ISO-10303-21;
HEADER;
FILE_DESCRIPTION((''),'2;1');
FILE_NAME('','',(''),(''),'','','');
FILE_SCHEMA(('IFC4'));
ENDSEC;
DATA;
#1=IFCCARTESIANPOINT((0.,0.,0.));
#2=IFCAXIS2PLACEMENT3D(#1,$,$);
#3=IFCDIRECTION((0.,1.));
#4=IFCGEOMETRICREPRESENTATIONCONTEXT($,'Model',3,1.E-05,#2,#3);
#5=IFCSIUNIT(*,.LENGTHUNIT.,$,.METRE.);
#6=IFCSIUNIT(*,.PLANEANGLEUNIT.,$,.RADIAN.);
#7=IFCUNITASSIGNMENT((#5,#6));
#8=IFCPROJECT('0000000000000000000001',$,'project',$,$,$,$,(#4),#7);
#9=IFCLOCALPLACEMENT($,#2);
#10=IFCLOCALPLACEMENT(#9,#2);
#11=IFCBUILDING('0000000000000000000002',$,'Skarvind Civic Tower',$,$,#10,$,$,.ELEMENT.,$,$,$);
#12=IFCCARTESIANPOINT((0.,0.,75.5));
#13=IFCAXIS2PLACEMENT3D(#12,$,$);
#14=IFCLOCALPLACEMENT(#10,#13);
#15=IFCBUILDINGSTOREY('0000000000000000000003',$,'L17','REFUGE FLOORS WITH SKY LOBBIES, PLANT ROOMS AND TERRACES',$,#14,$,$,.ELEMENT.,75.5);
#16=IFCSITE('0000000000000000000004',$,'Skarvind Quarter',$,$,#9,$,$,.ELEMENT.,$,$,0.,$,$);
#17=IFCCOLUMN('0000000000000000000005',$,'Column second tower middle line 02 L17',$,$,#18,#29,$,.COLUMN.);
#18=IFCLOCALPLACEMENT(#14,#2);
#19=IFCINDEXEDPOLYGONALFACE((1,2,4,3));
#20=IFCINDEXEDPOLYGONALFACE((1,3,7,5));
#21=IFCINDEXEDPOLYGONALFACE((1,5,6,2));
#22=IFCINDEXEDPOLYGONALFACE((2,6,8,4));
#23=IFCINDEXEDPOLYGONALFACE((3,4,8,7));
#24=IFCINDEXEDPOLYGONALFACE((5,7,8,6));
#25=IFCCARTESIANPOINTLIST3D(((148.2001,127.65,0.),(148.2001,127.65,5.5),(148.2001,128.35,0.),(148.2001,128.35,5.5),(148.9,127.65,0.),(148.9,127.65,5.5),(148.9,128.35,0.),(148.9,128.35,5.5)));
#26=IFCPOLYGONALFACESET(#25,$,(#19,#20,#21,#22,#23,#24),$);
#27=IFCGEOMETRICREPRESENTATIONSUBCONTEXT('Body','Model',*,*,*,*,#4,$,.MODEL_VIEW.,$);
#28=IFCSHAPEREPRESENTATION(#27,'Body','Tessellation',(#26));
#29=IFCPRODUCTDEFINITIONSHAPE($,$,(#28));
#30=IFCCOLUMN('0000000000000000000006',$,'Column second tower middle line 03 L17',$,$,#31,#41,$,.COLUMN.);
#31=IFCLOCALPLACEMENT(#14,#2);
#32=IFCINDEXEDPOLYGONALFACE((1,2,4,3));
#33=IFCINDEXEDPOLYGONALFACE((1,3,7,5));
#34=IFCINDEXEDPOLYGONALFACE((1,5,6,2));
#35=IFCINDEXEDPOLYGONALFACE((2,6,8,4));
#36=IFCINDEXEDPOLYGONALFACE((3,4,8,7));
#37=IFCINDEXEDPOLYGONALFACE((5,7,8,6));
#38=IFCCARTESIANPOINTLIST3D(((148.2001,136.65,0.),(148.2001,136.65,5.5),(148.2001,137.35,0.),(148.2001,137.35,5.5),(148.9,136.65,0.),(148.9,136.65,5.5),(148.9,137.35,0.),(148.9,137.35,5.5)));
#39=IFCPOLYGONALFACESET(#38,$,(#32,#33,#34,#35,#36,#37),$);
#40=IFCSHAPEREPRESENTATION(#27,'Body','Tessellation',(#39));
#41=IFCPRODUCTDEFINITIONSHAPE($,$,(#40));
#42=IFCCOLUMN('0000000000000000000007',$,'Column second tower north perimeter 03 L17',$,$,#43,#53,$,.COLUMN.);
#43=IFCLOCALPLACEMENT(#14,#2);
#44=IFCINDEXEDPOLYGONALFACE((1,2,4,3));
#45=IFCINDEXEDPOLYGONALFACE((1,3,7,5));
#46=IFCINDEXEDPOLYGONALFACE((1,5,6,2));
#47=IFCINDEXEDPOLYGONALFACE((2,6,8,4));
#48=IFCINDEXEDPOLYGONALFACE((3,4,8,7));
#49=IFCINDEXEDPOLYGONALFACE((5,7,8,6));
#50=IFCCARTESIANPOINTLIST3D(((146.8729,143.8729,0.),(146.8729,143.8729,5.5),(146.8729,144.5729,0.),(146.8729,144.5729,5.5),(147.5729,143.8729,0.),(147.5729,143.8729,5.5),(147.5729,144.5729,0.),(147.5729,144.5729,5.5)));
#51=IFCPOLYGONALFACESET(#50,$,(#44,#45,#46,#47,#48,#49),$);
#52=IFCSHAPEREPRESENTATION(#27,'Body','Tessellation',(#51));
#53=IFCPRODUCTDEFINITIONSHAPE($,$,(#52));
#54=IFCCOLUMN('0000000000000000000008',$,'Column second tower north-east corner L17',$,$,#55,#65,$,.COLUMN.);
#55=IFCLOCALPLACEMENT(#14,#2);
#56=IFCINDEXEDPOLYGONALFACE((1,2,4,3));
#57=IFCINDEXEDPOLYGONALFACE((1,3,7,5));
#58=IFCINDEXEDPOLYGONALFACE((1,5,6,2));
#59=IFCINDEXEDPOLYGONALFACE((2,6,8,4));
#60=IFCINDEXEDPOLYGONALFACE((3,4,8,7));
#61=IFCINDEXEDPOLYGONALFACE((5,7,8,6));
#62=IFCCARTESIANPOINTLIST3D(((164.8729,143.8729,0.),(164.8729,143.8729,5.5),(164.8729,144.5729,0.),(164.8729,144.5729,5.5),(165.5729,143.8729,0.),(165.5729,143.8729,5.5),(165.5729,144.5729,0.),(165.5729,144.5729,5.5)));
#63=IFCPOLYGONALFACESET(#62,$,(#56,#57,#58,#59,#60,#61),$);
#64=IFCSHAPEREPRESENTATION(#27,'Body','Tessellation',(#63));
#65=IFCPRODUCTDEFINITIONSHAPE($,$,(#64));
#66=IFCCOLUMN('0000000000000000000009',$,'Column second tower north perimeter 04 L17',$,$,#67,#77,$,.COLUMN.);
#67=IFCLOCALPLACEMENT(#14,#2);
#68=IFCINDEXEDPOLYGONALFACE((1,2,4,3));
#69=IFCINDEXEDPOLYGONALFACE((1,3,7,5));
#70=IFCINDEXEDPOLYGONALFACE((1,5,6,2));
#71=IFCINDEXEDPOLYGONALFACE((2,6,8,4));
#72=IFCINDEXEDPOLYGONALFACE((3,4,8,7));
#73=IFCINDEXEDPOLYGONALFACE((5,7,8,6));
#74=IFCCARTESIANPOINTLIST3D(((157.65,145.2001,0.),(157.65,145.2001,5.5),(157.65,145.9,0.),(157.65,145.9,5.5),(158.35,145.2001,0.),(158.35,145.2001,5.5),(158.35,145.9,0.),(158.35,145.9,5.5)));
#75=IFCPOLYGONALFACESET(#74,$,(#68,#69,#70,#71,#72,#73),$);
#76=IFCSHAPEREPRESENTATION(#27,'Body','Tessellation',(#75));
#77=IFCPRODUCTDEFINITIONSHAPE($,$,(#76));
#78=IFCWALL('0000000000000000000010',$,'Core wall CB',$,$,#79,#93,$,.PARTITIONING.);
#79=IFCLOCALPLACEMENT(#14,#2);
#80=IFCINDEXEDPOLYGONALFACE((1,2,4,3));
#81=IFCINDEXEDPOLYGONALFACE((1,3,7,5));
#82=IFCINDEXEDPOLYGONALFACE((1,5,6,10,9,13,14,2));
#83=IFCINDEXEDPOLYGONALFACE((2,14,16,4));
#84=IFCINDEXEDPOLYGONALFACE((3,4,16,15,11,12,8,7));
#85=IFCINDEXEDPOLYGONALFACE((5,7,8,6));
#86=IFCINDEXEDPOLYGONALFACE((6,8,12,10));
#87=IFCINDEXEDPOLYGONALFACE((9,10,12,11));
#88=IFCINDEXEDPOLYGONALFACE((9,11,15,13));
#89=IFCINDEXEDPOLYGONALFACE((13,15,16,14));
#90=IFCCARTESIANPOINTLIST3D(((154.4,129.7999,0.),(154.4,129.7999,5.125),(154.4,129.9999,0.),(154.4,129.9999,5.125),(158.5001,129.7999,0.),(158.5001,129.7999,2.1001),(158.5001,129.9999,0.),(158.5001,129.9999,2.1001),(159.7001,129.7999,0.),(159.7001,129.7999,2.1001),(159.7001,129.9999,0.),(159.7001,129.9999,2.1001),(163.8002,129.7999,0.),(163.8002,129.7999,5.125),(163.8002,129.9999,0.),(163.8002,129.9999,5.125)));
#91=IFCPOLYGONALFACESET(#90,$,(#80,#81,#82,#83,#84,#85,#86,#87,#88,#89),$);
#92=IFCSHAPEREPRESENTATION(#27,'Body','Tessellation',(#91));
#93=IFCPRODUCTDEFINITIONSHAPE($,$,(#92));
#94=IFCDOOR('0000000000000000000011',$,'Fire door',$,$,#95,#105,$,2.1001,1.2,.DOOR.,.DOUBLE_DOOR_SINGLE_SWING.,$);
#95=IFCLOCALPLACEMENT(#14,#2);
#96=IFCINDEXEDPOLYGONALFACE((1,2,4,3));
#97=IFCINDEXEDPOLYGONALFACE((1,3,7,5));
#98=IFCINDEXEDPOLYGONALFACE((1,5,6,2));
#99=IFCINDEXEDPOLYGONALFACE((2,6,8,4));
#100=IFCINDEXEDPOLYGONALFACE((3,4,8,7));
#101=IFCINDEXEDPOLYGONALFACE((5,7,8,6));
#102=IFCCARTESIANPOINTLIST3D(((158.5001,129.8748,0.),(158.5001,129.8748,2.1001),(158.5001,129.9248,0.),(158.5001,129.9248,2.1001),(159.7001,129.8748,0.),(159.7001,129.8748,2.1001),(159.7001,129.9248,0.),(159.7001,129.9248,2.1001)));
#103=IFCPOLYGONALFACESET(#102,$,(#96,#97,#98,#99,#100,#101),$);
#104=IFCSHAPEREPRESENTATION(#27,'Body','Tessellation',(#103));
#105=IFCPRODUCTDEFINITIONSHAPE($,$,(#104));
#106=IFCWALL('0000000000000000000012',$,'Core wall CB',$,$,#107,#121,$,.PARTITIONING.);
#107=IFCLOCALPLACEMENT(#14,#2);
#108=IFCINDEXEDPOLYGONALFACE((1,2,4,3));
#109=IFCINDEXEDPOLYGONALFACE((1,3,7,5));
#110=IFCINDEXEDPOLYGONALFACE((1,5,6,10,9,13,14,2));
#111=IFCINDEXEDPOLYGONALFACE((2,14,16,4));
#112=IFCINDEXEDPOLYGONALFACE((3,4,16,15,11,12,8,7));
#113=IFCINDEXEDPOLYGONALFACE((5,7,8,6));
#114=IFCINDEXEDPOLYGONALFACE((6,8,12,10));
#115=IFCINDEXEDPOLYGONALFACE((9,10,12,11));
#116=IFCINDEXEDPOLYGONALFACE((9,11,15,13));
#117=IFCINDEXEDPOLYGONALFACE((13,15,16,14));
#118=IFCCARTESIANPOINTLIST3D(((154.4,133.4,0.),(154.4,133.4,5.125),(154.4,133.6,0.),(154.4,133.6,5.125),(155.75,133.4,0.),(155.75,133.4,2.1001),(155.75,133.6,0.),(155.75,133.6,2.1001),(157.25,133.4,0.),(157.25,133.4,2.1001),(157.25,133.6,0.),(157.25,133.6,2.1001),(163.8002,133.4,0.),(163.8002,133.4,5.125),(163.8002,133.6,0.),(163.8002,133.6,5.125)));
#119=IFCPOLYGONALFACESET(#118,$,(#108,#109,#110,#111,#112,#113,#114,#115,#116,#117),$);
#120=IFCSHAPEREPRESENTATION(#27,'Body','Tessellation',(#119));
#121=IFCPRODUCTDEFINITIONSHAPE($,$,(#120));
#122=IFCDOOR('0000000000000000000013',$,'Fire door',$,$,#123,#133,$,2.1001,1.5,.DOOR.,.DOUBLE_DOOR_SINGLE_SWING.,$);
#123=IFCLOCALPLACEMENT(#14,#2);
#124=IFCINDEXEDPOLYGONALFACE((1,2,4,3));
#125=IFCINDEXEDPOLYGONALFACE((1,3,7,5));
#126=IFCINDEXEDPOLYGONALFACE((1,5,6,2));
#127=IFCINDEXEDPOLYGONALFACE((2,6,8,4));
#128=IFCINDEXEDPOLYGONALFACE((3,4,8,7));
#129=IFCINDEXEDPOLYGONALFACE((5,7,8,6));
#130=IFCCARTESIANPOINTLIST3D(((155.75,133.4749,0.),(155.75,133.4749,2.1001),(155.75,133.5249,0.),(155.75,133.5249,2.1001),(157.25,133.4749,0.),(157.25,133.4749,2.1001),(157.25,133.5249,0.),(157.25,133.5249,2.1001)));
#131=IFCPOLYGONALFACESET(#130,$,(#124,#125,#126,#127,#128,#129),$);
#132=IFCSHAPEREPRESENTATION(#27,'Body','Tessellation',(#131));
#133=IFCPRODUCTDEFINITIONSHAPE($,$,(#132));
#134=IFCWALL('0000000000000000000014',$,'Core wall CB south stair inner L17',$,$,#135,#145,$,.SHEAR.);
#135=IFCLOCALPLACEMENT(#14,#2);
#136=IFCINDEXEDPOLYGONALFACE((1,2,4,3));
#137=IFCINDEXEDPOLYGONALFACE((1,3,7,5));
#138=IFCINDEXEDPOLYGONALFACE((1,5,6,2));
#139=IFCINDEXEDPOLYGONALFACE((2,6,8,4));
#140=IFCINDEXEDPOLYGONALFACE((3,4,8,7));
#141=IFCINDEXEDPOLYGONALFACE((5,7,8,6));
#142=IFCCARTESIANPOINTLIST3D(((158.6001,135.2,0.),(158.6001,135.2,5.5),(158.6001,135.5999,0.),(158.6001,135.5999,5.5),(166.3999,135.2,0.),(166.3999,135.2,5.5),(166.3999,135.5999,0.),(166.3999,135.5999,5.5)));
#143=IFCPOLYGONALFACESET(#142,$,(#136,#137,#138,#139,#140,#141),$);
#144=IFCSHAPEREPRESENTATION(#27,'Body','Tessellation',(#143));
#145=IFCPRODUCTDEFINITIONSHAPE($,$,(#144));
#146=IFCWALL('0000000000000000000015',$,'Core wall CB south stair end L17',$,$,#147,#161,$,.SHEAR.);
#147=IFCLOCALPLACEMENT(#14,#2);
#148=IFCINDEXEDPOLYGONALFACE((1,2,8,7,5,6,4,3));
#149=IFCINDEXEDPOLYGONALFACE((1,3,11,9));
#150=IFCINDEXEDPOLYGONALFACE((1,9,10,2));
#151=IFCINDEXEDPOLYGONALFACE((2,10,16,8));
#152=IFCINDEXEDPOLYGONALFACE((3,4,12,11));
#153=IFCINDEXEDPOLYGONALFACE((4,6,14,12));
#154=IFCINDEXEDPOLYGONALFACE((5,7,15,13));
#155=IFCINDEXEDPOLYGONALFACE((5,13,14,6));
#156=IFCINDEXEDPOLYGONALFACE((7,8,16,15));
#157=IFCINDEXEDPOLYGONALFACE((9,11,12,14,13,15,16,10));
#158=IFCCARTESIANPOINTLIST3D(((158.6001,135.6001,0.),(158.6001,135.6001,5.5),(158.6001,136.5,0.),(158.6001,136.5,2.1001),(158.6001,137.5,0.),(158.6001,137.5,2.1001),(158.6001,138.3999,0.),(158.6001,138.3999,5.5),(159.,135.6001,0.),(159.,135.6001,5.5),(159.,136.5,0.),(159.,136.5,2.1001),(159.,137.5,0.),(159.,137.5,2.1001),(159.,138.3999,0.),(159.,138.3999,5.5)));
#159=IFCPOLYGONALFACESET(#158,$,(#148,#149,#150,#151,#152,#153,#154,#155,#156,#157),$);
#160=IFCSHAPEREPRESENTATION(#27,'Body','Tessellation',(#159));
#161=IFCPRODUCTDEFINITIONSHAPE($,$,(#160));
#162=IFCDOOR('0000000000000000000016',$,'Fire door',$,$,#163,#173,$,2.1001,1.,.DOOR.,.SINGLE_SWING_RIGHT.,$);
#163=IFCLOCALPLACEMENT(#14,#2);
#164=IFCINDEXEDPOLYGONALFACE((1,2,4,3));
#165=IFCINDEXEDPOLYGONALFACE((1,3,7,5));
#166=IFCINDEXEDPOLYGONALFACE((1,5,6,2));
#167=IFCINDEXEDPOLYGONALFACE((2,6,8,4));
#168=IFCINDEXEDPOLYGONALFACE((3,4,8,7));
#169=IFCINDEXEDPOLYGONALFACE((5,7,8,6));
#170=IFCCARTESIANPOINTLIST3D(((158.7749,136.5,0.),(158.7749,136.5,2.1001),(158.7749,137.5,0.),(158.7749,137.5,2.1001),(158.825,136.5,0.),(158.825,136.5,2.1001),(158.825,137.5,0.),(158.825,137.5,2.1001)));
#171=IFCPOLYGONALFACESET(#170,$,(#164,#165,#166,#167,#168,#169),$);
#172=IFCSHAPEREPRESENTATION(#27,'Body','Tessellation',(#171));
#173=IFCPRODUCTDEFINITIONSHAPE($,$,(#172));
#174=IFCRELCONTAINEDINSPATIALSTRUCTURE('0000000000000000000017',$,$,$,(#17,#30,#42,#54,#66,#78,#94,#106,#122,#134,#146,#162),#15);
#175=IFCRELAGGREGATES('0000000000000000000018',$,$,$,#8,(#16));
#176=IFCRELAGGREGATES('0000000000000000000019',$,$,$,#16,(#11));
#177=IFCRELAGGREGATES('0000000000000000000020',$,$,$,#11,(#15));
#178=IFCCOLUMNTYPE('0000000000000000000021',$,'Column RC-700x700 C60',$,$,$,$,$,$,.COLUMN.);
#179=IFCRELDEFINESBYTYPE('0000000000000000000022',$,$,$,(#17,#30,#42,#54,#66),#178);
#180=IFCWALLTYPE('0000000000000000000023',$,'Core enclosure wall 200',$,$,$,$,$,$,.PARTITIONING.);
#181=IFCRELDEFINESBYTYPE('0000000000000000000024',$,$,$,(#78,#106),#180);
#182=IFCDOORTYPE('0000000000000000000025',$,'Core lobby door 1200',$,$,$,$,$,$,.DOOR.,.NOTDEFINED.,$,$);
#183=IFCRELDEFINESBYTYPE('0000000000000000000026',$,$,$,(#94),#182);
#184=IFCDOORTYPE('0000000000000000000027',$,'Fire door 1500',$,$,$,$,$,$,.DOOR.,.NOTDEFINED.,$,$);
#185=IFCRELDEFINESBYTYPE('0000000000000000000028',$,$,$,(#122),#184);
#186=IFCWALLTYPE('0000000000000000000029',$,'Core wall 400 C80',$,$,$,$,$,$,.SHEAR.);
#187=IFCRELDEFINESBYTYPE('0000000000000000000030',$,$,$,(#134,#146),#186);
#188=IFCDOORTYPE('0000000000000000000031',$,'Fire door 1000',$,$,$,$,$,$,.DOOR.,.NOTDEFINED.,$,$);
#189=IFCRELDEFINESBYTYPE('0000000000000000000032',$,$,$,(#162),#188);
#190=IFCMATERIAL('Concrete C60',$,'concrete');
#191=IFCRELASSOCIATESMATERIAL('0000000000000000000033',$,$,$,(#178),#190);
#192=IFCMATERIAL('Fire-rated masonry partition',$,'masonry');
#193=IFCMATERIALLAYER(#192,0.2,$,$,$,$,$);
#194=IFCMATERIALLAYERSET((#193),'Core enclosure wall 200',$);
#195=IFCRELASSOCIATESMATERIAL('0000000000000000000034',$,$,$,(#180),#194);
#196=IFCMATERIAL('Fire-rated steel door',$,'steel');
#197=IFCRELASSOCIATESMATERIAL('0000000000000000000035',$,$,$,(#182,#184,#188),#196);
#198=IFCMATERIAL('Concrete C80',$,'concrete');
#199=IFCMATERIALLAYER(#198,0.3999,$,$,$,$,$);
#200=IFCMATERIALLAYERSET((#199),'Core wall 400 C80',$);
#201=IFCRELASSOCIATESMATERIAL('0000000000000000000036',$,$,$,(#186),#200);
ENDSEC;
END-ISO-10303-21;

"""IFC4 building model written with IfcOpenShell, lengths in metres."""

from ifc_helpers import new_model, si_unit, direction, frame, frame_2d, origin, origin_2d, place, context, subcontext, project, spatial, rectangle, extrude, material, layer, layer_set, material_profile, profile_set, type_object, element, fill, save


model = new_model("IFC4")

# Units and contexts
model_context = context("Model", 3, precision=1e-05, world=origin(), true_north=direction((0.0, 1.0)))
body_context = subcontext(model_context, "Body", "Model", "MODEL_VIEW")
ifc_project = project(units=[si_unit("LENGTHUNIT", "METRE"), si_unit("PLANEANGLEUNIT", "RADIAN")], contexts=[model_context])

# Site, building, storey
site_placement = place(None, origin())
site = spatial("IfcSite", under=ifc_project, at=site_placement, Name="Skarvind Quarter", CompositionType="ELEMENT", RefElevation=0.0)
building_placement = place(site_placement, origin())
building = spatial("IfcBuilding", under=site, at=building_placement, Name="Skarvind Civic Tower", CompositionType="ELEMENT")
storey_placement = place(building_placement, frame((0.0, 0.0, 75.5)))
storey = spatial("IfcBuildingStorey", under=building, at=storey_placement, Name="L17", Description="REFUGE FLOORS WITH SKY LOBBIES, PLANT ROOMS AND TERRACES", CompositionType="ELEMENT", Elevation=75.5)

# Columns
ifc_material_1 = material(Name="Concrete C60", Category="concrete")
ifc_material_profile = material_profile(ifc_material_1, rectangle(XDim=0.7, YDim=0.7, at=origin_2d()), Name="RC-700x700")
ifc_profile_set = profile_set([ifc_material_profile], Name="Concrete C60")
column_type = type_object("IfcColumnType", Name="Column RC-700x700 C60", PredefinedType="COLUMN", material=ifc_profile_set)
for number, where, z_axis, x_axis, name in (
    (1, (148.55, 128.0, 0.0), (0.0, 0.0, 1.0), (1.0, 0.0, 0.0), "Column second tower middle line 02 L17"),
    (2, (148.55, 137.0, 0.0), (0.0, 0.0, 1.0), (1.0, 0.0, 0.0), "Column second tower middle line 03 L17"),
    (3, (147.2229, 144.2229, 0.0), (0.0, 0.0, 1.0), (1.0, 0.0, 0.0), "Column second tower north perimeter 03 L17"),
    (4, (165.2229, 144.2229, 0.0), (0.0, 0.0, 1.0), (1.0, 0.0, 0.0), "Column second tower north-east corner L17"),
    (5, (158.0, 145.55, 0.0), (0.0, 0.0, 1.0), (1.0, 0.0, 0.0), "Column second tower north perimeter 04 L17"),
):
    element("IfcColumn", number, at=place(storey_placement, frame(where, z_axis=z_axis, x_axis=x_axis)), inside=storey, type_object=column_type, Name=name, PredefinedType="COLUMN", context=body_context, shape_type="SweptSolid", body=[
        extrude(rectangle(XDim=0.7, YDim=0.7, at=origin_2d()), origin(), (0.0, 0.0, 1.0), 5.5),
    ])

# Walls, openings, doors
ifc_material_2 = material(Name="Fire-rated masonry partition", Category="masonry")
ifc_layer_1 = layer(ifc_material_2, 0.2)
ifc_layer_set_1 = layer_set([ifc_layer_1], Name="Core enclosure wall 200")
wall_type_1 = type_object("IfcWallType", Name="Core enclosure wall 200", PredefinedType="PARTITIONING", material=ifc_layer_set_1)
wall_1_placement = place(storey_placement, frame((154.3999, 129.8999, 0.0), z_axis=(0.0, 0.0, 1.0), x_axis=(1.0, 0.0, 0.0)))
wall_1 = element("IfcWall", 6, at=wall_1_placement, inside=storey, type_object=wall_type_1, Name="Core wall CB", PredefinedType="PARTITIONING", context=body_context, shape_type="SweptSolid", body=[
    extrude(rectangle(XDim=9.4001, YDim=0.2, at=frame_2d((4.7002, 0.0))), origin(), (0.0, 0.0, 1.0), 5.125),
])
opening_1_placement = place(wall_1_placement, frame((4.1001, 0.0, 0.0)))
opening_1 = element("IfcOpeningElement", 7, at=opening_1_placement, cuts=wall_1, PredefinedType="OPENING", context=body_context, shape_type="SweptSolid", body=[
    extrude(rectangle(XDim=1.2, YDim=2.1001, at=frame_2d((0.6001, 1.05))), frame((0.0, 0.1099, 0.0), z_axis=(0.0, -1.0, 0.0), x_axis=(1.0, 0.0, 0.0)), (0.0, 0.0, 1.0), 0.22),
])
ifc_material_3 = material(Name="Fire-rated steel door", Category="steel")
door_type_1 = type_object("IfcDoorType", Name="Core lobby door 1200", OperationType="NOTDEFINED", PredefinedType="DOOR", material=ifc_material_3)
door_1_placement = place(opening_1_placement, origin())
door_1 = element("IfcDoor", 8, at=door_1_placement, inside=storey, type_object=door_type_1, Name="Fire door", OperationType="DOUBLE_DOOR_SINGLE_SWING", OverallHeight=2.1001, OverallWidth=1.2, PredefinedType="DOOR", context=body_context, shape_type="SweptSolid", body=[
    extrude(rectangle(XDim=1.2, YDim=2.1001, at=frame_2d((0.6001, 1.05))), frame((0.0, 0.0249, 0.0), z_axis=(0.0, -1.0, 0.0), x_axis=(1.0, 0.0, 0.0)), (0.0, 0.0, 1.0), 0.05),
])
fill(opening_1, door_1)
wall_2_placement = place(storey_placement, frame((154.3999, 133.5, 0.0), z_axis=(0.0, 0.0, 1.0), x_axis=(1.0, 0.0, 0.0)))
wall_2 = element("IfcWall", 9, at=wall_2_placement, inside=storey, type_object=wall_type_1, Name="Core wall CB", PredefinedType="PARTITIONING", context=body_context, shape_type="SweptSolid", body=[
    extrude(rectangle(XDim=9.4001, YDim=0.2, at=frame_2d((4.7002, 0.0))), origin(), (0.0, 0.0, 1.0), 5.125),
])
opening_2_placement = place(wall_2_placement, frame((1.3501, 0.0, 0.0)))
opening_2 = element("IfcOpeningElement", 10, at=opening_2_placement, cuts=wall_2, PredefinedType="OPENING", context=body_context, shape_type="SweptSolid", body=[
    extrude(rectangle(XDim=1.5, YDim=2.1001, at=frame_2d((0.75, 1.05))), frame((0.0, 0.1099, 0.0), z_axis=(0.0, -1.0, 0.0), x_axis=(1.0, 0.0, 0.0)), (0.0, 0.0, 1.0), 0.22),
])
door_type_2 = type_object("IfcDoorType", Name="Fire door 1500", OperationType="NOTDEFINED", PredefinedType="DOOR", material=ifc_material_3)
door_2_placement = place(opening_2_placement, origin())
door_2 = element("IfcDoor", 11, at=door_2_placement, inside=storey, type_object=door_type_2, Name="Fire door", OperationType="DOUBLE_DOOR_SINGLE_SWING", OverallHeight=2.1001, OverallWidth=1.5, PredefinedType="DOOR", context=body_context, shape_type="SweptSolid", body=[
    extrude(rectangle(XDim=1.5, YDim=2.1001, at=frame_2d((0.75, 1.05))), frame((0.0, 0.0249, 0.0), z_axis=(0.0, -1.0, 0.0), x_axis=(1.0, 0.0, 0.0)), (0.0, 0.0, 1.0), 0.05),
])
fill(opening_2, door_2)

# Wall
ifc_material_4 = material(Name="Concrete C80", Category="concrete")
ifc_layer_2 = layer(ifc_material_4, 0.3999)
ifc_layer_set_2 = layer_set([ifc_layer_2], Name="Core wall 400 C80")
wall_type_2 = type_object("IfcWallType", Name="Core wall 400 C80", PredefinedType="SHEAR", material=ifc_layer_set_2)
wall_3_placement = place(storey_placement, frame((166.3999, 135.3999, 0.0), z_axis=(0.0, 0.0, 1.0), x_axis=(-1.0, 0.0, 0.0)))
element("IfcWall", 12, at=wall_3_placement, inside=storey, type_object=wall_type_2, Name="Core wall CB south stair inner L17", PredefinedType="SHEAR", context=body_context, shape_type="SweptSolid", body=[
    extrude(rectangle(XDim=7.7998, YDim=0.3999, at=frame_2d((3.8999, 0.0))), origin(), (0.0, 0.0, 1.0), 5.5),
])

# Wall, opening, door
wall_4_placement = place(storey_placement, frame((158.8, 138.3999, 0.0), z_axis=(0.0, 0.0, 1.0), x_axis=(0.0, -1.0, 0.0)))
wall_4 = element("IfcWall", 13, at=wall_4_placement, inside=storey, type_object=wall_type_2, Name="Core wall CB south stair end L17", PredefinedType="SHEAR", context=body_context, shape_type="SweptSolid", body=[
    extrude(rectangle(XDim=2.7998, YDim=0.3999, at=frame_2d((1.3999, 0.0))), origin(), (0.0, 0.0, 1.0), 5.5),
])
opening_3_placement = place(wall_4_placement, frame((0.8999, 0.0, 0.0)))
opening_3 = element("IfcOpeningElement", 14, at=opening_3_placement, cuts=wall_4, PredefinedType="OPENING", context=body_context, shape_type="SweptSolid", body=[
    extrude(rectangle(XDim=1.0, YDim=2.1001, at=frame_2d((0.5, 1.05))), frame((0.0, 0.21, 0.0), z_axis=(0.0, -1.0, 0.0), x_axis=(1.0, 0.0, 0.0)), (0.0, 0.0, 1.0), 0.4199),
])
door_type_3 = type_object("IfcDoorType", Name="Fire door 1000", OperationType="NOTDEFINED", PredefinedType="DOOR", material=ifc_material_3)
door_3_placement = place(opening_3_placement, origin())
door_3 = element("IfcDoor", 15, at=door_3_placement, inside=storey, type_object=door_type_3, Name="Fire door", OperationType="SINGLE_SWING_RIGHT", OverallHeight=2.1001, OverallWidth=1.0, PredefinedType="DOOR", context=body_context, shape_type="SweptSolid", body=[
    extrude(rectangle(XDim=1.0, YDim=2.1001, at=frame_2d((0.5, 1.05))), frame((0.0, 0.0249, 0.0), z_axis=(0.0, -1.0, 0.0), x_axis=(1.0, 0.0, 0.0)), (0.0, 0.0, 1.0), 0.05),
])
fill(opening_3, door_3)

save(model, "model.ifc")
